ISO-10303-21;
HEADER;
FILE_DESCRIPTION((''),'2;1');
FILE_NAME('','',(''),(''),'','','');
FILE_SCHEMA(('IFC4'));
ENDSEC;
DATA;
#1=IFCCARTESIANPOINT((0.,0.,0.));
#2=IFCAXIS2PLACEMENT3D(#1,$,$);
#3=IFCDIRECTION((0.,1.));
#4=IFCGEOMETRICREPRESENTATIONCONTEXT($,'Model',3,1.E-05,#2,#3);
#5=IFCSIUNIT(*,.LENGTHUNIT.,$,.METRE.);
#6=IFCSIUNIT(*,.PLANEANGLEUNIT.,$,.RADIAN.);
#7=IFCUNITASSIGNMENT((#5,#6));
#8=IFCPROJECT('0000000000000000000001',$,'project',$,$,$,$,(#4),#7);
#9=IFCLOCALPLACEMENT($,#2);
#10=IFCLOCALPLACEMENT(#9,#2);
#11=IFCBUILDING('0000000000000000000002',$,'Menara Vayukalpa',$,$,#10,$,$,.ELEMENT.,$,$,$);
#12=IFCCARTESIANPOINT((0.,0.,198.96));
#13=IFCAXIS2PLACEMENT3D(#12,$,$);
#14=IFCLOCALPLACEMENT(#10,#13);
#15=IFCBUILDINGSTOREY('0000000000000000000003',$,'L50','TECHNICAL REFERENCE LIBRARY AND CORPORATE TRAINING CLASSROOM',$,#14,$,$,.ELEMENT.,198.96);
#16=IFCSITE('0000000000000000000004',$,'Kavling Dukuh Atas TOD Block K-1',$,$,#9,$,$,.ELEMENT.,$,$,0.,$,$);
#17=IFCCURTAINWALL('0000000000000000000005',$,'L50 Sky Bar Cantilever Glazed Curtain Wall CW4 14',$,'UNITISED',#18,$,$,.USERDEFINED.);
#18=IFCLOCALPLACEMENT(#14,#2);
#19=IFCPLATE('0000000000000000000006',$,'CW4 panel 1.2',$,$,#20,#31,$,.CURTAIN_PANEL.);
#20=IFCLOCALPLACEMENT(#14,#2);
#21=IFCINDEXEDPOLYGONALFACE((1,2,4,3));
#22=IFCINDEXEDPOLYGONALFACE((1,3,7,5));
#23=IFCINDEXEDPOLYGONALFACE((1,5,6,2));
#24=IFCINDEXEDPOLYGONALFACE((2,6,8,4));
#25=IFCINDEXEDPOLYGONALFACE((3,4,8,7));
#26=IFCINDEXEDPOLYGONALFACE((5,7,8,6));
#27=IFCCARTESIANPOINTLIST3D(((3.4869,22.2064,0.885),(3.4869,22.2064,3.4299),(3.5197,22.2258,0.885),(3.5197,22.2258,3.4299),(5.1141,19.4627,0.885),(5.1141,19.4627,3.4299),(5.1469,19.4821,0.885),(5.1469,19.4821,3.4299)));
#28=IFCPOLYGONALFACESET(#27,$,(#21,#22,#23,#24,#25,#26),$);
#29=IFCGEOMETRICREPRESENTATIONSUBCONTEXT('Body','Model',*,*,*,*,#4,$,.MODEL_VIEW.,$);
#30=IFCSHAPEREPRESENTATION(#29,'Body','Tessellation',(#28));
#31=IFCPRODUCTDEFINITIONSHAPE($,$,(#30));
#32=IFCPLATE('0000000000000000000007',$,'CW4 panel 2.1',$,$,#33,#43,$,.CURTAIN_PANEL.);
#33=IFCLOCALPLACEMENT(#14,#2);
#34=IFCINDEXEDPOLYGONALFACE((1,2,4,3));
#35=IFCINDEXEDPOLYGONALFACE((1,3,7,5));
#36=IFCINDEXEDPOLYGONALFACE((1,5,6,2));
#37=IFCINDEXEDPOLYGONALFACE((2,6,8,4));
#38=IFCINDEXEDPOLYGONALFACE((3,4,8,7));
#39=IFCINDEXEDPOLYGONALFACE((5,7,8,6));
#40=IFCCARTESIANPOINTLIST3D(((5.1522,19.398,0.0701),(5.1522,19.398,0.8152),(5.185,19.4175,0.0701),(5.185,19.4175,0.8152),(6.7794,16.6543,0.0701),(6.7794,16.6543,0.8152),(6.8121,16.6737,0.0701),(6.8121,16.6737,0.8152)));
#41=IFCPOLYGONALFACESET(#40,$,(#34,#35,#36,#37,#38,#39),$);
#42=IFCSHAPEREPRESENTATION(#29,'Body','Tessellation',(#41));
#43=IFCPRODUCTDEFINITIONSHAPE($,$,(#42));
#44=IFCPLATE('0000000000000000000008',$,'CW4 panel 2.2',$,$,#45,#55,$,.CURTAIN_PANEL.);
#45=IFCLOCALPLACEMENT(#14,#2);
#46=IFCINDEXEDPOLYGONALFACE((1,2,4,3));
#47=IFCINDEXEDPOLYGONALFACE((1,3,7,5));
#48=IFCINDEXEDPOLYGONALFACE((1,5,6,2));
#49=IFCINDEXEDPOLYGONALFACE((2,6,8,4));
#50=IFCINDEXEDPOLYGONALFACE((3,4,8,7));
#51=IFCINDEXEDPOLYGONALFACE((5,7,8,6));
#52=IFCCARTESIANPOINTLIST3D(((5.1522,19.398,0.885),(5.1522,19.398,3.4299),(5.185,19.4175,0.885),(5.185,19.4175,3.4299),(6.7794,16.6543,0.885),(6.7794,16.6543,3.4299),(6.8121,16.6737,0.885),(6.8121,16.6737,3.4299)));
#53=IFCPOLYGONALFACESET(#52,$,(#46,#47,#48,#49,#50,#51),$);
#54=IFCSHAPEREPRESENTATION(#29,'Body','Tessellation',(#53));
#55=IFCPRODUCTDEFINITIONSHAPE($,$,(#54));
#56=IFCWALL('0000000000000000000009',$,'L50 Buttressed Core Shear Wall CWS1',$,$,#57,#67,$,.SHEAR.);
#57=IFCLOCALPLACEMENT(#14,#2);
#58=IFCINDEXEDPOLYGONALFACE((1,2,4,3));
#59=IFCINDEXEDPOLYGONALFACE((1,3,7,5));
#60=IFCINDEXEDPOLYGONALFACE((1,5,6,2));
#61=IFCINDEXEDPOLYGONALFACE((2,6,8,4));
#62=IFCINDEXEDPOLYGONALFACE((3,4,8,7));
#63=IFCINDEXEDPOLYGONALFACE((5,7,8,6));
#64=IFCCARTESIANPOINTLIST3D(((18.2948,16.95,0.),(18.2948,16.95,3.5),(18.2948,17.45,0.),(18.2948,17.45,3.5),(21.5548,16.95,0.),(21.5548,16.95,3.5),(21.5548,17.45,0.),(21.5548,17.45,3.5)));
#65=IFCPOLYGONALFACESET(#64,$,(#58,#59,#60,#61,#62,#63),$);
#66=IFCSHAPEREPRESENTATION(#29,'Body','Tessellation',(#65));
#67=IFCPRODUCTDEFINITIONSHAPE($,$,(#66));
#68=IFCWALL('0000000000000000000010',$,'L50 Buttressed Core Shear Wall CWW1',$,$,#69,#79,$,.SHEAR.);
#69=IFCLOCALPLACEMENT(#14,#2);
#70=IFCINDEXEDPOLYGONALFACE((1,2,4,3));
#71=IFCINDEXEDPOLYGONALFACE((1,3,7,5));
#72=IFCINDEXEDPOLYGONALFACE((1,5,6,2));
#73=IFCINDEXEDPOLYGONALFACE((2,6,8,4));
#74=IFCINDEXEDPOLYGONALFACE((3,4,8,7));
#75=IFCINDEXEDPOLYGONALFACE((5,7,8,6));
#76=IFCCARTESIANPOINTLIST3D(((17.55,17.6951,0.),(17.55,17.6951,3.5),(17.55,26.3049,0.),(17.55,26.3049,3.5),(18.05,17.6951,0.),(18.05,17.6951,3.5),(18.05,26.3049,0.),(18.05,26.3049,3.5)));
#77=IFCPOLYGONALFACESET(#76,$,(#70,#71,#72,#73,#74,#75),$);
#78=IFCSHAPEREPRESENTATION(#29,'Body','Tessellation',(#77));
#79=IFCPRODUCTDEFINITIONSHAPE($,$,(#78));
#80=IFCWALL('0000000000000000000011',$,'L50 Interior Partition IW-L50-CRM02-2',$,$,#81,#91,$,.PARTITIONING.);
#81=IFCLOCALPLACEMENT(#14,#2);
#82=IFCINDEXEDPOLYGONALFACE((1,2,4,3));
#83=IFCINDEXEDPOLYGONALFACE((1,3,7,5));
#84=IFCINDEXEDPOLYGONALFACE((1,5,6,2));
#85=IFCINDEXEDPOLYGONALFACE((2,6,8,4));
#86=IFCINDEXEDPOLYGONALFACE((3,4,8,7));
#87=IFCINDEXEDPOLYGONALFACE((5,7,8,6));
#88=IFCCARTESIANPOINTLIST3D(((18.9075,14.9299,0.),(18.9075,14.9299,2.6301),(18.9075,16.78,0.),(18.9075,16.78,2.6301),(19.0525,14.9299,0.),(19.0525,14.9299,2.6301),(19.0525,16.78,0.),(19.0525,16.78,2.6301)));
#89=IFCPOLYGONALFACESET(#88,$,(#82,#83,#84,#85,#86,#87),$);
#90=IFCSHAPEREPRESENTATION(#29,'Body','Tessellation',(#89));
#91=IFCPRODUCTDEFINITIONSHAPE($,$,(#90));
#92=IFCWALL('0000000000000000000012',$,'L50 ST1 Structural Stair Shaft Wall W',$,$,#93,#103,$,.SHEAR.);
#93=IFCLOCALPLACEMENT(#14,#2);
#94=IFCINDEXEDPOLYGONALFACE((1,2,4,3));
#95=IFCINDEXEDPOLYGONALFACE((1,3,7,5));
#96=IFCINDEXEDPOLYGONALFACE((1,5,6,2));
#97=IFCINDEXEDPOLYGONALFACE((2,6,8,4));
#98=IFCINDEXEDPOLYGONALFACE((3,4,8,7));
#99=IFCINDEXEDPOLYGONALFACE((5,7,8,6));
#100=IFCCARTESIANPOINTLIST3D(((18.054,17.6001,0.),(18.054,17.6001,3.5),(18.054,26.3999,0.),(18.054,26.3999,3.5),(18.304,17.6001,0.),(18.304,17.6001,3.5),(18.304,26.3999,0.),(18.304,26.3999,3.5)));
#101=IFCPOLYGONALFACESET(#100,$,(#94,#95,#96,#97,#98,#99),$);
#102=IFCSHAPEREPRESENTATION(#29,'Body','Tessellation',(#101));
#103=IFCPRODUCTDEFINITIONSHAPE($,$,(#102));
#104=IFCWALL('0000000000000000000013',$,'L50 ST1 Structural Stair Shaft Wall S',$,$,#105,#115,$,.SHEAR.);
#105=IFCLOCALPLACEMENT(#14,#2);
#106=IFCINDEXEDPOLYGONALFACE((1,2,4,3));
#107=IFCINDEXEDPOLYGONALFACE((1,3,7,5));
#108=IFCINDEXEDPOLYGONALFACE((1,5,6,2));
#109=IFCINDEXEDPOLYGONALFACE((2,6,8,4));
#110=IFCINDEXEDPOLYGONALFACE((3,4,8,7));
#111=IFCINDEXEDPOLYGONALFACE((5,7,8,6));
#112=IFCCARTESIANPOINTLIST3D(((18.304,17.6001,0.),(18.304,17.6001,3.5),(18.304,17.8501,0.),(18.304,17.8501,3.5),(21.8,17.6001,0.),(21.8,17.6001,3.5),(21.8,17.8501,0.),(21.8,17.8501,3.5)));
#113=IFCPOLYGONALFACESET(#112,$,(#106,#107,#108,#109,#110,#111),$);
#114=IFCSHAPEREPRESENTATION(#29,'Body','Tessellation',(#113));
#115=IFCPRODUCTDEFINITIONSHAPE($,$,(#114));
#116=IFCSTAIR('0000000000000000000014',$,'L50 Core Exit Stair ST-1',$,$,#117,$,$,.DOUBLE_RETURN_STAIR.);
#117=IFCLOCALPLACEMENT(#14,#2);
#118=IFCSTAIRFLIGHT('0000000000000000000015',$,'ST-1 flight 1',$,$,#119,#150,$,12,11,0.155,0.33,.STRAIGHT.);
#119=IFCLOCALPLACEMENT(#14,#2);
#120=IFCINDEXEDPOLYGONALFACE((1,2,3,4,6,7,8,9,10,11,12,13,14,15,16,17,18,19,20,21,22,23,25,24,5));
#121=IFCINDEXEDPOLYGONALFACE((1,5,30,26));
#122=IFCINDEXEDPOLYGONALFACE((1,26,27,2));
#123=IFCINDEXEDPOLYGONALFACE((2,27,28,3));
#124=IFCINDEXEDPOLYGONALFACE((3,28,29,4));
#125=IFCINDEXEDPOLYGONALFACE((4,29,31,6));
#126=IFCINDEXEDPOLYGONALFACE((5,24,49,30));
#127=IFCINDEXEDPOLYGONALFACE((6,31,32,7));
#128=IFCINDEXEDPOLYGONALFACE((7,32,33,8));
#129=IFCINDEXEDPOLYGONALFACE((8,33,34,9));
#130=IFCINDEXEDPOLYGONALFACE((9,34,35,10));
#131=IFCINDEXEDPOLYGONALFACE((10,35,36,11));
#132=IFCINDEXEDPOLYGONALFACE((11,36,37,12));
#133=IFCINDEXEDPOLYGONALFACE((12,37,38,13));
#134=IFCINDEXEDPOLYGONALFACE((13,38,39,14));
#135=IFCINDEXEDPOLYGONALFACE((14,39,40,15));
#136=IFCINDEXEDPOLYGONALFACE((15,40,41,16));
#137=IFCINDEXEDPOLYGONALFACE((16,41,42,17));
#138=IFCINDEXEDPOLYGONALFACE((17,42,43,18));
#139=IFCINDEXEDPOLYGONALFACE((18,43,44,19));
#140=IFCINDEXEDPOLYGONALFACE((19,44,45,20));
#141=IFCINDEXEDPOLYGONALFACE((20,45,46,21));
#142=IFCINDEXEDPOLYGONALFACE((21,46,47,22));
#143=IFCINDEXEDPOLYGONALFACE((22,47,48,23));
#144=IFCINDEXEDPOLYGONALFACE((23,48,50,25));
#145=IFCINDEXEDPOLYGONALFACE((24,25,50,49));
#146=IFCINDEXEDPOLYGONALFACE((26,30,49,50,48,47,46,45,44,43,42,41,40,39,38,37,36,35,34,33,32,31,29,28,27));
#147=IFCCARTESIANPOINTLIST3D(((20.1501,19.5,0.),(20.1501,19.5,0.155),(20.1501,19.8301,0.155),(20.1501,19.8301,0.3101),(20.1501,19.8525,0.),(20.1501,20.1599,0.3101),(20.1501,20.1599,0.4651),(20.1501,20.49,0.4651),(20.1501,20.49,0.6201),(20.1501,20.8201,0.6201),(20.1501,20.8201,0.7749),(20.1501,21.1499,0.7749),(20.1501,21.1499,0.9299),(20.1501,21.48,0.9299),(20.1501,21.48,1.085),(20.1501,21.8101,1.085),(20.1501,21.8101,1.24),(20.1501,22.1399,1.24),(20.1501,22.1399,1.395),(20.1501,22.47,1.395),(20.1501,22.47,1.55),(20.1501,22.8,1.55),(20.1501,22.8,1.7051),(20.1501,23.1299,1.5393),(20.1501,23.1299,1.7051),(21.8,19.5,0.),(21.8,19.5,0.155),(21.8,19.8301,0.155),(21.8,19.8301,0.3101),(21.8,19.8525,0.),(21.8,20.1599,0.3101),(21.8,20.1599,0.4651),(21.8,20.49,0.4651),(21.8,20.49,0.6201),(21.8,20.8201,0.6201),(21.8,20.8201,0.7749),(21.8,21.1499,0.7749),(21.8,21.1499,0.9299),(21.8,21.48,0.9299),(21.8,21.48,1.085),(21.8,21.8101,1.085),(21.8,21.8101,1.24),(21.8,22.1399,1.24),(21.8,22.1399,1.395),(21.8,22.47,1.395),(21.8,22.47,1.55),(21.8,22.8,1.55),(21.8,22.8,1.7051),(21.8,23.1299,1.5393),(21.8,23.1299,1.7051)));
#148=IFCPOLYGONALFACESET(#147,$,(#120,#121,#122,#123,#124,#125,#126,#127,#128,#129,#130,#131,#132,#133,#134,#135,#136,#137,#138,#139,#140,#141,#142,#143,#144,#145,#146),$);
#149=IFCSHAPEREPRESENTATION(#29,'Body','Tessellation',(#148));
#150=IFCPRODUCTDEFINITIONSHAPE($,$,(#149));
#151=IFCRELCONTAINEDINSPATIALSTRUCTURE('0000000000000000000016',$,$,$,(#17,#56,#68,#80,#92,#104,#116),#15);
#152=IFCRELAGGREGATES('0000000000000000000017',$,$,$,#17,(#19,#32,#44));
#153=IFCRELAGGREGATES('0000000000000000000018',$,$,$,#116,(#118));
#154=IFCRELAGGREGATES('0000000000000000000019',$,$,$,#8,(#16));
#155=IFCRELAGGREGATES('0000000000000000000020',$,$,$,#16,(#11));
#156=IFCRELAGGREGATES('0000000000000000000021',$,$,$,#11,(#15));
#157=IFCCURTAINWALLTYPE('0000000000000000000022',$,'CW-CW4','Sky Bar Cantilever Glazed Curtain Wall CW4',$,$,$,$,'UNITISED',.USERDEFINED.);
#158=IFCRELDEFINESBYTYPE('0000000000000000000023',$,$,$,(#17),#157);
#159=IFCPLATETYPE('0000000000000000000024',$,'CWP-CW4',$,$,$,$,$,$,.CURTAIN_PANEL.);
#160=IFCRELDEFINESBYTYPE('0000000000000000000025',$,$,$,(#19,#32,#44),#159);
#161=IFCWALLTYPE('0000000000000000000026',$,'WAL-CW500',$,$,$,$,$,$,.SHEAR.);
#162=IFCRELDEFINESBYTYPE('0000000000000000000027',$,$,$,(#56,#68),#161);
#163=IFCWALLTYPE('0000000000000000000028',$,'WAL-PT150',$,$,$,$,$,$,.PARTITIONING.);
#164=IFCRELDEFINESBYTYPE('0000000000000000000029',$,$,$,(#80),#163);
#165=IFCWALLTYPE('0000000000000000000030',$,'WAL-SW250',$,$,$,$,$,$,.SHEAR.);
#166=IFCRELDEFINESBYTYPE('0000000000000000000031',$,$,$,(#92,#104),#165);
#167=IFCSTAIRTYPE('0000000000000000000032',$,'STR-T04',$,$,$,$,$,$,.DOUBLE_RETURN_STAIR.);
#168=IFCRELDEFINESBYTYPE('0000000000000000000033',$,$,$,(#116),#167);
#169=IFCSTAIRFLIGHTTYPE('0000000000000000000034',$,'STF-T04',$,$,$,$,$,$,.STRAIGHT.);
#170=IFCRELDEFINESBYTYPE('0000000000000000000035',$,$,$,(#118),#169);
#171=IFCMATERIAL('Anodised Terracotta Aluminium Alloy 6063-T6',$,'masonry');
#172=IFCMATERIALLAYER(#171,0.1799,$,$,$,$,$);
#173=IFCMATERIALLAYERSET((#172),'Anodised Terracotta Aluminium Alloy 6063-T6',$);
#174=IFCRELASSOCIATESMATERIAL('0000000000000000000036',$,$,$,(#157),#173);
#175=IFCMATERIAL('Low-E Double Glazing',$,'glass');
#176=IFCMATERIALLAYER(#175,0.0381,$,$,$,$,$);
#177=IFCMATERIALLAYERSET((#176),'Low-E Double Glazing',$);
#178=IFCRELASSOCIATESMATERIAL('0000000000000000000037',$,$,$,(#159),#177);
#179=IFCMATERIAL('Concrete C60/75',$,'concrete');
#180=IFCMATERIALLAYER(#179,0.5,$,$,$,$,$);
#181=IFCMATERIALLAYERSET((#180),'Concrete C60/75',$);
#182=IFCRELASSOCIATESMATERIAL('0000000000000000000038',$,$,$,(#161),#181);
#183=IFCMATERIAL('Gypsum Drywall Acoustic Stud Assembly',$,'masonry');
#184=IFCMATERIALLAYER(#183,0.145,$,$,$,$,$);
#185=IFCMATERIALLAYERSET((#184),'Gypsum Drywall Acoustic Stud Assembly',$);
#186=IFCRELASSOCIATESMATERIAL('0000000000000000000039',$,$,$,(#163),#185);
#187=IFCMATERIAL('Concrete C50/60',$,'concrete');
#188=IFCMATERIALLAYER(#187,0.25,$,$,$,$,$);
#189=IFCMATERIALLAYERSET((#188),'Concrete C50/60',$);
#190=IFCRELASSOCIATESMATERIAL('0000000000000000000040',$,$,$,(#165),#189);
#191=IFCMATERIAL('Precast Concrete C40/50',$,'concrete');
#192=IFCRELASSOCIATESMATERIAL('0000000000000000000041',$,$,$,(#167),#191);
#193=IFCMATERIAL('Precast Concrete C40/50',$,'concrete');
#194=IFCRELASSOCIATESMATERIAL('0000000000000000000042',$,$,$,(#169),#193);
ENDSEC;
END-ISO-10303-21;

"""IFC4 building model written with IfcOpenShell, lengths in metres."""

from ifc_helpers import new_model, si_unit, direction, frame, frame_2d, origin, origin_2d, place, context, subcontext, project, spatial, polyline, rectangle, outline, extrude, material, layer, layer_set, type_object, element, aggregate, save


model = new_model("IFC4")

# Units and contexts
model_context = context("Model", 3, precision=1e-05, world=origin(), true_north=direction((0.0, 1.0)))
body_context = subcontext(model_context, "Body", "Model", "MODEL_VIEW")
ifc_project = project(units=[si_unit("LENGTHUNIT", "METRE"), si_unit("PLANEANGLEUNIT", "RADIAN")], contexts=[model_context])

# Site, building, storey
site_placement = place(None, origin())
site = spatial("IfcSite", under=ifc_project, at=site_placement, Name="Kavling Dukuh Atas TOD Block K-1", CompositionType="ELEMENT", RefElevation=0.0)
building_placement = place(site_placement, origin())
building = spatial("IfcBuilding", under=site, at=building_placement, Name="Menara Vayukalpa", CompositionType="ELEMENT")
storey_placement = place(building_placement, frame((0.0, 0.0, 198.96)))
storey = spatial("IfcBuildingStorey", under=building, at=storey_placement, Name="L50", Description="TECHNICAL REFERENCE LIBRARY AND CORPORATE TRAINING CLASSROOM", CompositionType="ELEMENT", Elevation=198.96)

# Shared definitions
ifc_material_1 = material(Name="Anodised Terracotta Aluminium Alloy 6063-T6", Category="masonry")
ifc_layer_1 = layer(ifc_material_1, 0.1799)
ifc_layer_set_1 = layer_set([ifc_layer_1], Name="Anodised Terracotta Aluminium Alloy 6063-T6")
curtain_wall_type = type_object("IfcCurtainWallType", Name="CW-CW4", Description="Sky Bar Cantilever Glazed Curtain Wall CW4", ElementType="UNITISED", PredefinedType="USERDEFINED", material=ifc_layer_set_1)

# Curtain wall, plates
curtain_wall_1_placement = place(storey_placement, origin())
curtain_wall_1 = element("IfcCurtainWall", 1, at=curtain_wall_1_placement, inside=storey, type_object=curtain_wall_type, Name="L50 Sky Bar Cantilever Glazed Curtain Wall CW4 14", ObjectType="UNITISED", PredefinedType="USERDEFINED")
ifc_material_2 = material(Name="Low-E Double Glazing", Category="glass")
ifc_layer_2 = layer(ifc_material_2, 0.0381)
ifc_layer_set_2 = layer_set([ifc_layer_2], Name="Low-E Double Glazing")
plate_type = type_object("IfcPlateType", Name="CWP-CW4", PredefinedType="CURTAIN_PANEL", material=ifc_layer_set_2)
plate_1_placement = place(storey_placement, frame((4.3169, 20.8442, 0.885), z_axis=(0.0, 0.0, 1.0), x_axis=(0.510092, -0.86012, 0.0)))
plate_1 = element("IfcPlate", 2, at=plate_1_placement, type_object=plate_type, Name="CW4 panel 1.2", PredefinedType="CURTAIN_PANEL", context=body_context, shape_type="SweptSolid", body=[
    extrude(rectangle(XDim=3.1899, YDim=0.0381, at=origin_2d()), origin(), (0.0, 0.0, 1.0), 2.5449),
])
plate_2_placement = place(storey_placement, frame((5.9822, 18.0359, 0.0701), z_axis=(0.0, 0.0, 1.0), x_axis=(0.510092, -0.86012, 0.0)))
plate_2 = element("IfcPlate", 3, at=plate_2_placement, type_object=plate_type, Name="CW4 panel 2.1", PredefinedType="CURTAIN_PANEL", context=body_context, shape_type="SweptSolid", body=[
    extrude(rectangle(XDim=3.1899, YDim=0.0381, at=origin_2d()), origin(), (0.0, 0.0, 1.0), 0.7451),
])
plate_3_placement = place(storey_placement, frame((5.9822, 18.0359, 0.885), z_axis=(0.0, 0.0, 1.0), x_axis=(0.510092, -0.86012, 0.0)))
plate_3 = element("IfcPlate", 4, at=plate_3_placement, type_object=plate_type, Name="CW4 panel 2.2", PredefinedType="CURTAIN_PANEL", context=body_context, shape_type="SweptSolid", body=[
    extrude(rectangle(XDim=3.1899, YDim=0.0381, at=origin_2d()), origin(), (0.0, 0.0, 1.0), 2.5449),
])
aggregate(curtain_wall_1, [plate_1, plate_2, plate_3])

# Walls
ifc_material_3 = material(Name="Concrete C60/75", Category="concrete")
ifc_layer_3 = layer(ifc_material_3, 0.5)
ifc_layer_set_3 = layer_set([ifc_layer_3], Name="Concrete C60/75")
wall_type_1 = type_object("IfcWallType", Name="WAL-CW500", PredefinedType="SHEAR", material=ifc_layer_set_3)
wall_1_placement = place(storey_placement, frame((18.2949, 17.2, 0.0), z_axis=(0.0, 0.0, 1.0), x_axis=(1.0, 0.0, 0.0)))
element("IfcWall", 5, at=wall_1_placement, inside=storey, type_object=wall_type_1, Name="L50 Buttressed Core Shear Wall CWS1", PredefinedType="SHEAR", context=body_context, shape_type="SweptSolid", body=[
    extrude(rectangle(XDim=3.26, YDim=0.5, at=frame_2d((1.6299, 0.0))), origin(), (0.0, 0.0, 1.0), 3.5),
])
wall_2_placement = place(storey_placement, frame((17.8, 17.6951, 0.0), z_axis=(0.0, 0.0, 1.0), x_axis=(0.0, 1.0, 0.0)))
element("IfcWall", 6, at=wall_2_placement, inside=storey, type_object=wall_type_1, Name="L50 Buttressed Core Shear Wall CWW1", PredefinedType="SHEAR", context=body_context, shape_type="SweptSolid", body=[
    extrude(rectangle(XDim=8.6099, YDim=0.5, at=frame_2d((4.3049, 0.0))), origin(), (0.0, 0.0, 1.0), 3.5),
])
ifc_material_4 = material(Name="Gypsum Drywall Acoustic Stud Assembly", Category="masonry")
ifc_layer_4 = layer(ifc_material_4, 0.145)
ifc_layer_set_4 = layer_set([ifc_layer_4], Name="Gypsum Drywall Acoustic Stud Assembly")
wall_type_2 = type_object("IfcWallType", Name="WAL-PT150", PredefinedType="PARTITIONING", material=ifc_layer_set_4)
wall_3_placement = place(storey_placement, frame((18.98, 16.78, 0.0), z_axis=(0.0, 0.0, 1.0), x_axis=(0.0, -1.0, 0.0)))
element("IfcWall", 7, at=wall_3_placement, inside=storey, type_object=wall_type_2, Name="L50 Interior Partition IW-L50-CRM02-2", PredefinedType="PARTITIONING", context=body_context, shape_type="SweptSolid", body=[
    extrude(rectangle(XDim=1.8501, YDim=0.145, at=frame_2d((0.925, 0.0))), origin(), (0.0, 0.0, 1.0), 2.6301),
])
ifc_material_5 = material(Name="Concrete C50/60", Category="concrete")
ifc_layer_5 = layer(ifc_material_5, 0.25)
ifc_layer_set_5 = layer_set([ifc_layer_5], Name="Concrete C50/60")
wall_type_3 = type_object("IfcWallType", Name="WAL-SW250", PredefinedType="SHEAR", material=ifc_layer_set_5)
wall_4_placement = place(storey_placement, frame((18.179, 17.6001, 0.0), z_axis=(0.0, 0.0, 1.0), x_axis=(0.0, 1.0, 0.0)))
element("IfcWall", 8, at=wall_4_placement, inside=storey, type_object=wall_type_3, Name="L50 ST1 Structural Stair Shaft Wall W", PredefinedType="SHEAR", context=body_context, shape_type="SweptSolid", body=[
    extrude(rectangle(XDim=8.7998, YDim=0.25, at=frame_2d((4.3999, 0.0))), origin(), (0.0, 0.0, 1.0), 3.5),
])
wall_5_placement = place(storey_placement, frame((18.304, 17.7251, 0.0), z_axis=(0.0, 0.0, 1.0), x_axis=(1.0, 0.0, 0.0)))
element("IfcWall", 9, at=wall_5_placement, inside=storey, type_object=wall_type_3, Name="L50 ST1 Structural Stair Shaft Wall S", PredefinedType="SHEAR", context=body_context, shape_type="SweptSolid", body=[
    extrude(rectangle(XDim=3.4961, YDim=0.25, at=frame_2d((1.748, 0.0))), origin(), (0.0, 0.0, 1.0), 3.5),
])

# Stair, stair flight
ifc_material_6 = material(Name="Precast Concrete C40/50", Category="concrete")
stair_type = type_object("IfcStairType", Name="STR-T04", PredefinedType="DOUBLE_RETURN_STAIR", material=ifc_material_6)
stair_placement = place(storey_placement, origin())
stair = element("IfcStair", 10, at=stair_placement, inside=storey, type_object=stair_type, Name="L50 Core Exit Stair ST-1", PredefinedType="DOUBLE_RETURN_STAIR")
ifc_material_7 = material(Name="Precast Concrete C40/50", Category="concrete")
stair_flight_type = type_object("IfcStairFlightType", Name="STF-T04", PredefinedType="STRAIGHT", material=ifc_material_7)
stair_flight_placement = place(storey_placement, frame((20.9751, 19.5, 0.0), z_axis=(0.0, 0.0, 1.0), x_axis=(0.0, 1.0, 0.0)))
stair_flight = element("IfcStairFlight", 11, at=stair_flight_placement, type_object=stair_flight_type, Name="ST-1 flight 1", NumberOfRisers=12, NumberOfTreads=11, PredefinedType="STRAIGHT", RiserHeight=0.155, TreadLength=0.33, context=body_context, shape_type="SweptSolid", body=[
    extrude(outline(polyline([(0.0, 0.0), (0.0, 0.155), (0.3301, 0.155), (0.3301, 0.3101), (0.6599, 0.3101), (0.6599, 0.4651), (0.99, 0.4651), (0.99, 0.6201), (1.3201, 0.6201), (1.3201, 0.7749), (1.6499, 0.7749), (1.6499, 0.9299), (1.98, 0.9299), (1.98, 1.085), (2.3101, 1.085), (2.3101, 1.24), (2.6399, 1.24), (2.6399, 1.395), (2.97, 1.395), (2.97, 1.55), (3.3, 1.55), (3.3, 1.7051), (3.6299, 1.7051), (3.6299, 1.8601), (3.6299, 1.5393), (0.3525, 0.0), (0.0, 0.0)])), frame((0.0, 0.825, 0.0), z_axis=(0.0, -1.0, 0.0), x_axis=(1.0, 0.0, 0.0)), (0.0, 0.0, 1.0), 1.6499),
])
aggregate(stair, [stair_flight])

save(model, "model.ifc")
